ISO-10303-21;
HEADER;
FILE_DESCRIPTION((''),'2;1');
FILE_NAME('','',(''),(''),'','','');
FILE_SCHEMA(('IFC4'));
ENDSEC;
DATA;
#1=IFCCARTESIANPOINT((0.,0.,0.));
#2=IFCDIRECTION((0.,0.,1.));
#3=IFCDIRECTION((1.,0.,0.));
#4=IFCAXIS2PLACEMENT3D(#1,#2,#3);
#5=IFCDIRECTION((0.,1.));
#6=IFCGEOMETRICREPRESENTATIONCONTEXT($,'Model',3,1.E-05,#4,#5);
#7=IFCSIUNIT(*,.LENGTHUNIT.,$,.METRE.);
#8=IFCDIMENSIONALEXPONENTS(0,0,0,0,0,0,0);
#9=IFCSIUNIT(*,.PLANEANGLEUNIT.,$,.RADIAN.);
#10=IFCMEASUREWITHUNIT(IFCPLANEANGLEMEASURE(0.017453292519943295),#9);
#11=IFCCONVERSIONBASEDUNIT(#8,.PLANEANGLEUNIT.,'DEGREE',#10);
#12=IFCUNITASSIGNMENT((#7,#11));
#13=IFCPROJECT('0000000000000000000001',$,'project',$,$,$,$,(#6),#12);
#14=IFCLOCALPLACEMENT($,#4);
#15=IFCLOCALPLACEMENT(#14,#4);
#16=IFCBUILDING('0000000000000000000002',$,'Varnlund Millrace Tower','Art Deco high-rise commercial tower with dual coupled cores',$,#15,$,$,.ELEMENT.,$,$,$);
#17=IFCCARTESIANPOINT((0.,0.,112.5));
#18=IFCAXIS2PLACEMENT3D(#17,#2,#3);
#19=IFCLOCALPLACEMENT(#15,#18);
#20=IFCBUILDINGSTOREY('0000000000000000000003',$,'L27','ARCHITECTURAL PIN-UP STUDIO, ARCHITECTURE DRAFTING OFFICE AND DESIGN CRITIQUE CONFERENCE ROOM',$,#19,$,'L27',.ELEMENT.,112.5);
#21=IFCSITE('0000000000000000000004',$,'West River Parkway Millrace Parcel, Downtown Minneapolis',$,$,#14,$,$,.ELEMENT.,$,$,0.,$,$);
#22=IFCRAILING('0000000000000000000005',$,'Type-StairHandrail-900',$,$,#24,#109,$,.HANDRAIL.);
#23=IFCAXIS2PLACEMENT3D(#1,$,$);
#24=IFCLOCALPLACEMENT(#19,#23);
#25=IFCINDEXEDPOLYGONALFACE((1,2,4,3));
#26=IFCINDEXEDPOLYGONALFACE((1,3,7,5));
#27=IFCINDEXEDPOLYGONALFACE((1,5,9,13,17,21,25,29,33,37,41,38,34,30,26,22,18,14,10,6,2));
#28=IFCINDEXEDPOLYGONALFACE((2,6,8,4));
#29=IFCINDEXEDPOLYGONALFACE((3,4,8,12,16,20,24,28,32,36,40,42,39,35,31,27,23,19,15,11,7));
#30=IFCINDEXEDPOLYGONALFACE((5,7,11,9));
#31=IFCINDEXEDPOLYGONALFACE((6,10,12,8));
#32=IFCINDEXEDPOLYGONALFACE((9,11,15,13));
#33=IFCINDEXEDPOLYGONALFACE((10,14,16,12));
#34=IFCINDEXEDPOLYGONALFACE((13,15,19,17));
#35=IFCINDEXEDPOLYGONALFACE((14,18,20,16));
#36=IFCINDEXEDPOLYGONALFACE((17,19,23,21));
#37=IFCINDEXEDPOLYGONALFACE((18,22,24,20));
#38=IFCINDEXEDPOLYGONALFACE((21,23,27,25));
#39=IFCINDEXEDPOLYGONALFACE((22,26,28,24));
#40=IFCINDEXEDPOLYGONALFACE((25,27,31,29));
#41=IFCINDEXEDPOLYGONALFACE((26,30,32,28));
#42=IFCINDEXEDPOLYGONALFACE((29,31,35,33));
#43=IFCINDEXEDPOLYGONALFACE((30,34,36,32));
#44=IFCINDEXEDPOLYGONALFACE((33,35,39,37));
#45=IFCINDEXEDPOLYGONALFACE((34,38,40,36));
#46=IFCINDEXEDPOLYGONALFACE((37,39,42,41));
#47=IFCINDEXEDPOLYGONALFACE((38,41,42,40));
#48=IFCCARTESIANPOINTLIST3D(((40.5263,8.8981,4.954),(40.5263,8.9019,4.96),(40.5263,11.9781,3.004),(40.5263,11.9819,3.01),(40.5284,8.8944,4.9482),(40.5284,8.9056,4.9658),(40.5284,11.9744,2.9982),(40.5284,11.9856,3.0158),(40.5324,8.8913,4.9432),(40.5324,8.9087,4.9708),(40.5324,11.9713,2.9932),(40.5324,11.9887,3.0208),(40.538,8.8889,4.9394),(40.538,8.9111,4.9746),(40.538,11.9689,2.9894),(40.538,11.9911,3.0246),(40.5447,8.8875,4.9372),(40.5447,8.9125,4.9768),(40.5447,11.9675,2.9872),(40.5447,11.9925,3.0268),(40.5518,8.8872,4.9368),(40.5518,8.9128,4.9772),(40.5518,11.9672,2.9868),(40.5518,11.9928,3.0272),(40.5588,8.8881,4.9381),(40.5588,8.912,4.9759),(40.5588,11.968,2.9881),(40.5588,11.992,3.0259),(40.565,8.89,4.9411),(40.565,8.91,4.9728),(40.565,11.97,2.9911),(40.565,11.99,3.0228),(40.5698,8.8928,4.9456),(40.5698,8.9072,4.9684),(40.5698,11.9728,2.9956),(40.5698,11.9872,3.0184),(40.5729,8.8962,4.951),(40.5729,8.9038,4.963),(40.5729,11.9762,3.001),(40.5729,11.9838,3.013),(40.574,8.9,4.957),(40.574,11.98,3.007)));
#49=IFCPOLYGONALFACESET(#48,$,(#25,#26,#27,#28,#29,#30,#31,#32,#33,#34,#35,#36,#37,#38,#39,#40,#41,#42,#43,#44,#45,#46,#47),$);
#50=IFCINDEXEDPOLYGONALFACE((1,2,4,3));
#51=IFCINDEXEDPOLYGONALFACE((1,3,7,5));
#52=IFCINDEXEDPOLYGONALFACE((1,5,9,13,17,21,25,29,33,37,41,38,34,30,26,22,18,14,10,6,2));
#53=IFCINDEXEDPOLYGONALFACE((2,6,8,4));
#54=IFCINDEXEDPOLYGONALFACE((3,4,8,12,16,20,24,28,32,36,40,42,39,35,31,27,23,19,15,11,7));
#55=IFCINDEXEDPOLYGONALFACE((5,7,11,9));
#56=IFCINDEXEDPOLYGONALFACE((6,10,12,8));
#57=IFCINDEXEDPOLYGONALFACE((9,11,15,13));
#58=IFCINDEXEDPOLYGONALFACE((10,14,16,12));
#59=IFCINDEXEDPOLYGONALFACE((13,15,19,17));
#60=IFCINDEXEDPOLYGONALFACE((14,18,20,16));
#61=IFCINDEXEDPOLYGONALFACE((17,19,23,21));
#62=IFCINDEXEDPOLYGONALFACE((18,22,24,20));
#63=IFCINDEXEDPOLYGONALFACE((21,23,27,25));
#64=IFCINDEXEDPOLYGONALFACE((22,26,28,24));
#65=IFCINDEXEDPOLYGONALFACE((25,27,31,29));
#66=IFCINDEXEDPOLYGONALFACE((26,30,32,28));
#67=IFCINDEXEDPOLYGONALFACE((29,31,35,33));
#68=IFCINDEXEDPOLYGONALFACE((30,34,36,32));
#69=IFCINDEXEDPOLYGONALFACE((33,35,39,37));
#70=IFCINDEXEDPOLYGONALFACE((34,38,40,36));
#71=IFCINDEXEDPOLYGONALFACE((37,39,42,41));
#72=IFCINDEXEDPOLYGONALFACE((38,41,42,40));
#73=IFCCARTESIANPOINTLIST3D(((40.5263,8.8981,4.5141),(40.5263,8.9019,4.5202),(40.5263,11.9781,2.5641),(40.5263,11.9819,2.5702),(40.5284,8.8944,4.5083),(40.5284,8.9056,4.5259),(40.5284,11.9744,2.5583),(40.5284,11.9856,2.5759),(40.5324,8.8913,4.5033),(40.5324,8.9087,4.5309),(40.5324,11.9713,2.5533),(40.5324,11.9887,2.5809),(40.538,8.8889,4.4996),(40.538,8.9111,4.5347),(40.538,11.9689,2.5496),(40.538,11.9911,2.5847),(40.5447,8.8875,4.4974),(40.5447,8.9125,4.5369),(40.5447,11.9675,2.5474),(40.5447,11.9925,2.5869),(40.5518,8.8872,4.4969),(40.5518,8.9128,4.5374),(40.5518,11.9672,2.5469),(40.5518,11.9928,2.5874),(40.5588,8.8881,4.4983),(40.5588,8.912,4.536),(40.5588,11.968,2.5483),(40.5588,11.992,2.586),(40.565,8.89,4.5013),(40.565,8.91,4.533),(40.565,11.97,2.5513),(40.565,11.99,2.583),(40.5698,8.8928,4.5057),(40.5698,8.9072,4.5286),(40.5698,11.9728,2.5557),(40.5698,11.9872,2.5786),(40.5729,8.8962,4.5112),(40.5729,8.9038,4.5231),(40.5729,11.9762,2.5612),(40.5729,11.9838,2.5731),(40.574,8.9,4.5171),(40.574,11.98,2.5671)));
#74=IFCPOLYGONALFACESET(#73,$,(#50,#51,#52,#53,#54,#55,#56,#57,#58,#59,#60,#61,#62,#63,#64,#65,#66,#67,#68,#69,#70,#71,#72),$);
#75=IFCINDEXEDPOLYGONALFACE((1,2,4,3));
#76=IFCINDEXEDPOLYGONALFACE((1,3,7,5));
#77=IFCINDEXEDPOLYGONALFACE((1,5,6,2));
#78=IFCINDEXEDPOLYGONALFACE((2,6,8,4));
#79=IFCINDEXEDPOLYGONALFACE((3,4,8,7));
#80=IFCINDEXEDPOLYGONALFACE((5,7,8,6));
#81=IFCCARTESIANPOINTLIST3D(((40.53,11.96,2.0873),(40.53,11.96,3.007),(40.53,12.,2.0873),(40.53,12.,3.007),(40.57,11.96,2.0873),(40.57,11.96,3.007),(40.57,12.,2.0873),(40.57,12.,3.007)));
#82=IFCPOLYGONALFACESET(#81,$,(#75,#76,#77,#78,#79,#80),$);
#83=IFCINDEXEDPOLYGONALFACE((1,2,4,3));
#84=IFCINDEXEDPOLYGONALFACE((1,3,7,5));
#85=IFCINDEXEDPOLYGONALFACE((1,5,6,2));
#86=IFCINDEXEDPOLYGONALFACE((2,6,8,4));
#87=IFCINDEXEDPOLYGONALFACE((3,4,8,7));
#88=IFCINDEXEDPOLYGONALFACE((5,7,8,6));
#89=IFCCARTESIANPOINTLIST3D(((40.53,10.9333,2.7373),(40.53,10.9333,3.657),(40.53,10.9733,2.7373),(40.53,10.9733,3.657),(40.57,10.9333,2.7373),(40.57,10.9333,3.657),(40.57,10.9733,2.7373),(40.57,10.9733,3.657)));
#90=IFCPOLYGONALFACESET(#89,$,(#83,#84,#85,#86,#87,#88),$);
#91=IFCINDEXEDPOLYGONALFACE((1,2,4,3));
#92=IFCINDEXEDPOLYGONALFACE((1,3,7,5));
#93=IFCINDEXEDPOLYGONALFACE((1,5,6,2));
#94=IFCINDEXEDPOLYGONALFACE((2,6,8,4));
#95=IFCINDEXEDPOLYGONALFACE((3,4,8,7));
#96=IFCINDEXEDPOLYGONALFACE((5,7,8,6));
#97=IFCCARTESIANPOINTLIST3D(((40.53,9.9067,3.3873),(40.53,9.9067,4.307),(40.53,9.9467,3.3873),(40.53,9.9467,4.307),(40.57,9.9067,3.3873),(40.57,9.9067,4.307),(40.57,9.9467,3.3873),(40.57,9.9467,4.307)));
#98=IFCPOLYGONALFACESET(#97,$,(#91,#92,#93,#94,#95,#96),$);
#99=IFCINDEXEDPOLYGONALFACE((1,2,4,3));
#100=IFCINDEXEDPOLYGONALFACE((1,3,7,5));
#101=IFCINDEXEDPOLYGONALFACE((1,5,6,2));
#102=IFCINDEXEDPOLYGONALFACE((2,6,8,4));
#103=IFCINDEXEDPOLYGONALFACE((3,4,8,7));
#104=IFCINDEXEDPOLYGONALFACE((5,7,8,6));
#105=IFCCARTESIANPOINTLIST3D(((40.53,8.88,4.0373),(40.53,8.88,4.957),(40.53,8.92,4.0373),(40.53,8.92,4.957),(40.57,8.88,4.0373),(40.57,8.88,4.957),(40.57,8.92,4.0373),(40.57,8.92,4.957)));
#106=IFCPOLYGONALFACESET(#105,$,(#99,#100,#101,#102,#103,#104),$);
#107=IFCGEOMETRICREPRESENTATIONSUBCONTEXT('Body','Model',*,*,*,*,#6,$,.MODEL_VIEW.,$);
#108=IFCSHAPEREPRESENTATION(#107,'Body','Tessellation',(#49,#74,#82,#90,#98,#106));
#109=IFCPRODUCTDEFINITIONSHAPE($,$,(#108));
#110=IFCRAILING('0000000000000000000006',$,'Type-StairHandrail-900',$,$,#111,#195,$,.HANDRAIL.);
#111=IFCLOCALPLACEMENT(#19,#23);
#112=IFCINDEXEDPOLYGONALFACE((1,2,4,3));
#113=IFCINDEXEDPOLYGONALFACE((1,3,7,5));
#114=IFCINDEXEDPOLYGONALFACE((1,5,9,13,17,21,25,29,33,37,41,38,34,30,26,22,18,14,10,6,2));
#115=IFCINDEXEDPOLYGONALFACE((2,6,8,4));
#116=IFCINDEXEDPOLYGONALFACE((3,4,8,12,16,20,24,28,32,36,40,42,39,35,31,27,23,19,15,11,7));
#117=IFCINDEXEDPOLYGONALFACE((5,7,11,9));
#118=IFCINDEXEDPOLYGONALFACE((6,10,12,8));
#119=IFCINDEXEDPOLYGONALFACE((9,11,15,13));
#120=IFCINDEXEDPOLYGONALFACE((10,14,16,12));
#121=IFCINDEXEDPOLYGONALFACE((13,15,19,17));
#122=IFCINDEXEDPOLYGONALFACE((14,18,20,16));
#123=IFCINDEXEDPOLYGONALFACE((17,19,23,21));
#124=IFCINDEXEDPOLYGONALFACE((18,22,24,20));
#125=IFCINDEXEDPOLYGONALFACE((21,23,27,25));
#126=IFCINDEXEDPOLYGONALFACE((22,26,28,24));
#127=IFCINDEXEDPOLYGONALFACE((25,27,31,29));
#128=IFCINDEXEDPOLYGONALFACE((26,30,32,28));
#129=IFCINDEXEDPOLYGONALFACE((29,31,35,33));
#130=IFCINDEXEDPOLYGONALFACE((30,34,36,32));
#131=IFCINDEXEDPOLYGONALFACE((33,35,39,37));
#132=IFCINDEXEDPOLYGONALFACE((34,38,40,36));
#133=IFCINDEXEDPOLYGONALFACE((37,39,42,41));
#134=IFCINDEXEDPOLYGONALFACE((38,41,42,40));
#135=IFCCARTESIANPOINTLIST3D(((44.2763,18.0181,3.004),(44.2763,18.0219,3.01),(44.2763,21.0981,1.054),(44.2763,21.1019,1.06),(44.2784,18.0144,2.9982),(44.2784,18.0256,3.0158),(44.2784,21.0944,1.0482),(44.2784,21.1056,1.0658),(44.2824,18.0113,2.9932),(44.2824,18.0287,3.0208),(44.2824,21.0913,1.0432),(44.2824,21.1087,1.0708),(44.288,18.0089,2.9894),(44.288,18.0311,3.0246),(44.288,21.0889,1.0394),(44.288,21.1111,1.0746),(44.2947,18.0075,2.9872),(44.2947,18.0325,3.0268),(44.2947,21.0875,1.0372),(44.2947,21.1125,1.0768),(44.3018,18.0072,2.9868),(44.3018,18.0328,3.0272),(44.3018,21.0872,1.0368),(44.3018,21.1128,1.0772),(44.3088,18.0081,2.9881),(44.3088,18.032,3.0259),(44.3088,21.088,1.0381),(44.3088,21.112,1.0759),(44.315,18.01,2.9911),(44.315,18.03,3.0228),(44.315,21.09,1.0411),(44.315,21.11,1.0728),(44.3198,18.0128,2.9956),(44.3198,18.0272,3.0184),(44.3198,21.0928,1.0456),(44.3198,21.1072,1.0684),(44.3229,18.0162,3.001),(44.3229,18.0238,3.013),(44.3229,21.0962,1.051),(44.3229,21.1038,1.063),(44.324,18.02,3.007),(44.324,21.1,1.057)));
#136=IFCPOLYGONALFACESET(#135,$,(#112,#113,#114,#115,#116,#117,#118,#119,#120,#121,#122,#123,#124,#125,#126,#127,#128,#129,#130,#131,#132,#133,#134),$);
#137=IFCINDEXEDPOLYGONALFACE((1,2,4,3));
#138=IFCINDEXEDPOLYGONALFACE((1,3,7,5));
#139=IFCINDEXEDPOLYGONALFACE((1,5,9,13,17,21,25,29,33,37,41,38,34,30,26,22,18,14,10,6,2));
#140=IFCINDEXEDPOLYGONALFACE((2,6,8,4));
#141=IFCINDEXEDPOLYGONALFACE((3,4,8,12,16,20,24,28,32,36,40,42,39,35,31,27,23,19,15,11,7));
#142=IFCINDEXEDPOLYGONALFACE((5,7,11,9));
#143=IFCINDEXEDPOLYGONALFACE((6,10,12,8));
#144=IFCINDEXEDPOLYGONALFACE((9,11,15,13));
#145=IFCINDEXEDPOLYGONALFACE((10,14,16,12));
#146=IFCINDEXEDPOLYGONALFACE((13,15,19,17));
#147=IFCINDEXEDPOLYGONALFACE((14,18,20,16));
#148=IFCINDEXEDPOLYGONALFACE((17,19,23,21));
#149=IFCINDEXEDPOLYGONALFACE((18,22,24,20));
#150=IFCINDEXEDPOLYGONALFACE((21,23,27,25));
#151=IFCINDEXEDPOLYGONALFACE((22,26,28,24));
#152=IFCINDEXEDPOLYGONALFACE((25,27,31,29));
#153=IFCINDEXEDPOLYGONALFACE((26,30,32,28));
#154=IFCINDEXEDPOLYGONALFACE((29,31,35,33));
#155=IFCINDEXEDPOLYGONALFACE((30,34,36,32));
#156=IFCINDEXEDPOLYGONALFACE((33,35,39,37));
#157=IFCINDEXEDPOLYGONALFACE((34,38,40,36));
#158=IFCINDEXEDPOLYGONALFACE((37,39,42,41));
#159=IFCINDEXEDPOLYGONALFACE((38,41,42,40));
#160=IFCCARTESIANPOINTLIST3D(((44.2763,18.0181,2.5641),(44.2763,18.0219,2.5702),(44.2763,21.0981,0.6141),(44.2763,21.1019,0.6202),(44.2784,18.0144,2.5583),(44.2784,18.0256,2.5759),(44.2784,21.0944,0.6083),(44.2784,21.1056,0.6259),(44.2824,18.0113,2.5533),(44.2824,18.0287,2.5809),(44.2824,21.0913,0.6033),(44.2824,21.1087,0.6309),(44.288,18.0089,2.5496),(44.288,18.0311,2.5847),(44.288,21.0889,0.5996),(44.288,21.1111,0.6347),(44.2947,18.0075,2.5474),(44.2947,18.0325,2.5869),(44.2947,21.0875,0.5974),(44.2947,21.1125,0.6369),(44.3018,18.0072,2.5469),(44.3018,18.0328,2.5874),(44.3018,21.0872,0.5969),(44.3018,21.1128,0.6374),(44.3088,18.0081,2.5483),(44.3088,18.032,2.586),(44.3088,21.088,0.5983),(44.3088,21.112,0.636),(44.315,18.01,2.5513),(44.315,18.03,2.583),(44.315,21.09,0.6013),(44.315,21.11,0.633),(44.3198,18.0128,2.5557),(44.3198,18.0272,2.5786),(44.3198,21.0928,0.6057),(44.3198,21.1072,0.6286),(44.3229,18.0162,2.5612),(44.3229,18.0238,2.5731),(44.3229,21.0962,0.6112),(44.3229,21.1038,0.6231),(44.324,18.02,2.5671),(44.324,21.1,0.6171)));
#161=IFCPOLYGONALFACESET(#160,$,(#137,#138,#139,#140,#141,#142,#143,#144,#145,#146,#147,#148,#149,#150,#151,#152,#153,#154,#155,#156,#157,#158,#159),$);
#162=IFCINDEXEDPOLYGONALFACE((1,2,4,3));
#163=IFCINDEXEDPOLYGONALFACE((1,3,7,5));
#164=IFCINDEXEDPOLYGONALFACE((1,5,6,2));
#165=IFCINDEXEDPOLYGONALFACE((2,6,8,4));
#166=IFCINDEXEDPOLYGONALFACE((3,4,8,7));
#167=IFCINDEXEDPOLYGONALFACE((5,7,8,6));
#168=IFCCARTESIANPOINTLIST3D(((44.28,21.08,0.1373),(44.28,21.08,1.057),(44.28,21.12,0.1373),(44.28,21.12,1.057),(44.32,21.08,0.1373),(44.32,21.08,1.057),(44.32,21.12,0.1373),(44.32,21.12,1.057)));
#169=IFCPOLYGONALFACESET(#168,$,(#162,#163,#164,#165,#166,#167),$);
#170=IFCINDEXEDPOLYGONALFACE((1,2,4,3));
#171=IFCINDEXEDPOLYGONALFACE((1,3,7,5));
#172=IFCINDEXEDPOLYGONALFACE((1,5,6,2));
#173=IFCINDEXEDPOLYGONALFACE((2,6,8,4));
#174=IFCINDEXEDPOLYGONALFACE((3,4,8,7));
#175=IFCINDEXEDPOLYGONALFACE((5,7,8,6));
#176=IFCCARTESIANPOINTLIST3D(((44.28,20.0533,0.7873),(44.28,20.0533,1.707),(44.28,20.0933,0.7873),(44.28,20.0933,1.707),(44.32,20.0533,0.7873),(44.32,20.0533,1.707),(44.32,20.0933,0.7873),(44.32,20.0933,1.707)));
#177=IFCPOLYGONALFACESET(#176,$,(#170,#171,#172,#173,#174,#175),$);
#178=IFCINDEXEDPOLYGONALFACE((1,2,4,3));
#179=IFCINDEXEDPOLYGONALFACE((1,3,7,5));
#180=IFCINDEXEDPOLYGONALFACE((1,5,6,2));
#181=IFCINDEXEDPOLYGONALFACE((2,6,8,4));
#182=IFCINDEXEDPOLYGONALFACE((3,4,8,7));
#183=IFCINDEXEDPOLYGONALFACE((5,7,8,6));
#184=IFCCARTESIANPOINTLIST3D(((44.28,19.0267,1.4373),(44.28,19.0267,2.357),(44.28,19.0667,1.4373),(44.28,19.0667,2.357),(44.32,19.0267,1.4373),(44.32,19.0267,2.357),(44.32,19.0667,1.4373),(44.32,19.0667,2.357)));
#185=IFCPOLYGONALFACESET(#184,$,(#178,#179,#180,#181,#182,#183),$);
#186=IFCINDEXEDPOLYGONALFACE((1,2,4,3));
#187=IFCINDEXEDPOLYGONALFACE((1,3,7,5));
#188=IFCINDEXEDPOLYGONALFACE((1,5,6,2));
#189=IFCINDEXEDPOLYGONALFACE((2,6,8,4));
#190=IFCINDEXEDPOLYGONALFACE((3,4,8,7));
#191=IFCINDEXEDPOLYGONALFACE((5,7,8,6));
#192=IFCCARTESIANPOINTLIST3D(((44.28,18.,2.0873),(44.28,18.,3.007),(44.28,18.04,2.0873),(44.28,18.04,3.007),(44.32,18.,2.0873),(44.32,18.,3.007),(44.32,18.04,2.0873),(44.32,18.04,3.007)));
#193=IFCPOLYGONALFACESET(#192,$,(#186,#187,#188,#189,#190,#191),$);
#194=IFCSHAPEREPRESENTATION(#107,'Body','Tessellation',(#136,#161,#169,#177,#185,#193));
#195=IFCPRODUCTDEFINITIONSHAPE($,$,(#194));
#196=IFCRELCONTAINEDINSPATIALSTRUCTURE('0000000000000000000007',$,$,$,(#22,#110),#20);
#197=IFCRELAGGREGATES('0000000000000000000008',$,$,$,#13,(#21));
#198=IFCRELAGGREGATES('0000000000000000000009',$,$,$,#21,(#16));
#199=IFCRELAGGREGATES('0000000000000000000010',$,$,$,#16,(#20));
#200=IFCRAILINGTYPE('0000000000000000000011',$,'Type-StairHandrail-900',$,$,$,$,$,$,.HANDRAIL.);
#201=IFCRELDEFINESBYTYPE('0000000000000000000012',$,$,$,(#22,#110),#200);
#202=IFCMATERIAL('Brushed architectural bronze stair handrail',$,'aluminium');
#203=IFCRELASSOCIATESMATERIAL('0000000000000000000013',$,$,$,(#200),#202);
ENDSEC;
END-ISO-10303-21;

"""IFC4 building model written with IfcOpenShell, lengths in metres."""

from ifc_helpers import new_model, entity, si_unit, converted_unit, direction, frame, origin_with_axes, origin_2d_with_axis, place, context, subcontext, project, spatial, rectangle, circle, extrude, material, type_object, element, save


model = new_model("IFC4")

# Units and contexts
model_context = context("Model", 3, precision=1e-05, world=origin_with_axes(), true_north=direction((0.0, 1.0)))
body_context = subcontext(model_context, "Body", "Model", "MODEL_VIEW")
ifc_project = project(units=[si_unit("LENGTHUNIT", "METRE"), converted_unit("PLANEANGLEUNIT", "DEGREE", entity("IfcPlaneAngleMeasure", 0.017453292519943295), si_unit("PLANEANGLEUNIT", "RADIAN"), dimensions=[0, 0, 0, 0, 0, 0, 0])], contexts=[model_context])

# Site, building, storey
site_placement = place(None, origin_with_axes())
site = spatial("IfcSite", under=ifc_project, at=site_placement, Name="West River Parkway Millrace Parcel, Downtown Minneapolis", CompositionType="ELEMENT", RefElevation=0.0)
building_placement = place(site_placement, origin_with_axes())
building = spatial("IfcBuilding", under=site, at=building_placement, Name="Varnlund Millrace Tower", Description="Art Deco high-rise commercial tower with dual coupled cores", CompositionType="ELEMENT")
storey_placement = place(building_placement, frame((0.0, 0.0, 112.5), z_axis=(0.0, 0.0, 1.0), x_axis=(1.0, 0.0, 0.0)))
storey = spatial("IfcBuildingStorey", under=building, at=storey_placement, Name="L27", Description="ARCHITECTURAL PIN-UP STUDIO, ARCHITECTURE DRAFTING OFFICE AND DESIGN CRITIQUE CONFERENCE ROOM", LongName="L27", CompositionType="ELEMENT", Elevation=112.5)

# Railings
ifc_material_1 = material(Name="Brushed architectural bronze stair handrail", Category="aluminium")
railing_type_1 = type_object("IfcRailingType", Name="Type-StairHandrail-900", PredefinedType="HANDRAIL", material=ifc_material_1)
railing_1_placement = place(storey_placement, frame((0.0, 0.0, -112.5), z_axis=(0.0, 0.0, 1.0), x_axis=(1.0, 0.0, 0.0)))
element("IfcRailing", 1, at=railing_1_placement, inside=storey, type_object=railing_type_1, Name="Type-StairHandrail-900", PredefinedType="HANDRAIL", context=body_context, shape_type="SweptSolid", body=[
    extrude(circle(Radius=0.024, at=origin_2d_with_axis()), frame((40.55, 11.98, 115.507), z_axis=(0.0, -0.844902, 0.534922), x_axis=(1.0, 0.0, 0.0)), (0.0, 0.0, 1.0), 3.6454),
    extrude(circle(Radius=0.024, at=origin_2d_with_axis()), frame((40.55, 11.98, 115.0671), z_axis=(0.0, -0.844902, 0.534922), x_axis=(1.0, 0.0, 0.0)), (0.0, 0.0, 1.0), 3.6454),
    extrude(rectangle(XDim=0.04, YDim=0.04, at=origin_2d_with_axis()), frame((40.55, 11.98, 114.5873), z_axis=(0.0, 0.0, 1.0), x_axis=(1.0, 0.0, 0.0)), (0.0, 0.0, 1.0), 0.9197),
    extrude(rectangle(XDim=0.04, YDim=0.04, at=origin_2d_with_axis()), frame((40.55, 10.9533, 115.2373), z_axis=(0.0, 0.0, 1.0), x_axis=(1.0, 0.0, 0.0)), (0.0, 0.0, 1.0), 0.9197),
    extrude(rectangle(XDim=0.04, YDim=0.04, at=origin_2d_with_axis()), frame((40.55, 9.9267, 115.8873), z_axis=(0.0, 0.0, 1.0), x_axis=(1.0, 0.0, 0.0)), (0.0, 0.0, 1.0), 0.9197),
    extrude(rectangle(XDim=0.04, YDim=0.04, at=origin_2d_with_axis()), frame((40.55, 8.9, 116.5373), z_axis=(0.0, 0.0, 1.0), x_axis=(1.0, 0.0, 0.0)), (0.0, 0.0, 1.0), 0.9197),
])
railing_2_placement = place(storey_placement, frame((0.0, 0.0, -112.5), z_axis=(0.0, 0.0, 1.0), x_axis=(1.0, 0.0, 0.0)))
element("IfcRailing", 2, at=railing_2_placement, inside=storey, type_object=railing_type_1, Name="Type-StairHandrail-900", PredefinedType="HANDRAIL", context=body_context, shape_type="SweptSolid", body=[
    extrude(circle(Radius=0.024, at=origin_2d_with_axis()), frame((44.3, 21.1, 113.557), z_axis=(0.0, -0.844902, 0.534922), x_axis=(1.0, 0.0, 0.0)), (0.0, 0.0, 1.0), 3.6454),
    extrude(circle(Radius=0.024, at=origin_2d_with_axis()), frame((44.3, 21.1, 113.1171), z_axis=(0.0, -0.844902, 0.534922), x_axis=(1.0, 0.0, 0.0)), (0.0, 0.0, 1.0), 3.6454),
    extrude(rectangle(XDim=0.04, YDim=0.04, at=origin_2d_with_axis()), frame((44.3, 21.1, 112.6373), z_axis=(0.0, 0.0, 1.0), x_axis=(1.0, 0.0, 0.0)), (0.0, 0.0, 1.0), 0.9197),
    extrude(rectangle(XDim=0.04, YDim=0.04, at=origin_2d_with_axis()), frame((44.3, 20.0733, 113.2873), z_axis=(0.0, 0.0, 1.0), x_axis=(1.0, 0.0, 0.0)), (0.0, 0.0, 1.0), 0.9197),
    extrude(rectangle(XDim=0.04, YDim=0.04, at=origin_2d_with_axis()), frame((44.3, 19.0467, 113.9373), z_axis=(0.0, 0.0, 1.0), x_axis=(1.0, 0.0, 0.0)), (0.0, 0.0, 1.0), 0.9197),
    extrude(rectangle(XDim=0.04, YDim=0.04, at=origin_2d_with_axis()), frame((44.3, 18.02, 114.5873), z_axis=(0.0, 0.0, 1.0), x_axis=(1.0, 0.0, 0.0)), (0.0, 0.0, 1.0), 0.9197),
])

save(model, "model.ifc")
